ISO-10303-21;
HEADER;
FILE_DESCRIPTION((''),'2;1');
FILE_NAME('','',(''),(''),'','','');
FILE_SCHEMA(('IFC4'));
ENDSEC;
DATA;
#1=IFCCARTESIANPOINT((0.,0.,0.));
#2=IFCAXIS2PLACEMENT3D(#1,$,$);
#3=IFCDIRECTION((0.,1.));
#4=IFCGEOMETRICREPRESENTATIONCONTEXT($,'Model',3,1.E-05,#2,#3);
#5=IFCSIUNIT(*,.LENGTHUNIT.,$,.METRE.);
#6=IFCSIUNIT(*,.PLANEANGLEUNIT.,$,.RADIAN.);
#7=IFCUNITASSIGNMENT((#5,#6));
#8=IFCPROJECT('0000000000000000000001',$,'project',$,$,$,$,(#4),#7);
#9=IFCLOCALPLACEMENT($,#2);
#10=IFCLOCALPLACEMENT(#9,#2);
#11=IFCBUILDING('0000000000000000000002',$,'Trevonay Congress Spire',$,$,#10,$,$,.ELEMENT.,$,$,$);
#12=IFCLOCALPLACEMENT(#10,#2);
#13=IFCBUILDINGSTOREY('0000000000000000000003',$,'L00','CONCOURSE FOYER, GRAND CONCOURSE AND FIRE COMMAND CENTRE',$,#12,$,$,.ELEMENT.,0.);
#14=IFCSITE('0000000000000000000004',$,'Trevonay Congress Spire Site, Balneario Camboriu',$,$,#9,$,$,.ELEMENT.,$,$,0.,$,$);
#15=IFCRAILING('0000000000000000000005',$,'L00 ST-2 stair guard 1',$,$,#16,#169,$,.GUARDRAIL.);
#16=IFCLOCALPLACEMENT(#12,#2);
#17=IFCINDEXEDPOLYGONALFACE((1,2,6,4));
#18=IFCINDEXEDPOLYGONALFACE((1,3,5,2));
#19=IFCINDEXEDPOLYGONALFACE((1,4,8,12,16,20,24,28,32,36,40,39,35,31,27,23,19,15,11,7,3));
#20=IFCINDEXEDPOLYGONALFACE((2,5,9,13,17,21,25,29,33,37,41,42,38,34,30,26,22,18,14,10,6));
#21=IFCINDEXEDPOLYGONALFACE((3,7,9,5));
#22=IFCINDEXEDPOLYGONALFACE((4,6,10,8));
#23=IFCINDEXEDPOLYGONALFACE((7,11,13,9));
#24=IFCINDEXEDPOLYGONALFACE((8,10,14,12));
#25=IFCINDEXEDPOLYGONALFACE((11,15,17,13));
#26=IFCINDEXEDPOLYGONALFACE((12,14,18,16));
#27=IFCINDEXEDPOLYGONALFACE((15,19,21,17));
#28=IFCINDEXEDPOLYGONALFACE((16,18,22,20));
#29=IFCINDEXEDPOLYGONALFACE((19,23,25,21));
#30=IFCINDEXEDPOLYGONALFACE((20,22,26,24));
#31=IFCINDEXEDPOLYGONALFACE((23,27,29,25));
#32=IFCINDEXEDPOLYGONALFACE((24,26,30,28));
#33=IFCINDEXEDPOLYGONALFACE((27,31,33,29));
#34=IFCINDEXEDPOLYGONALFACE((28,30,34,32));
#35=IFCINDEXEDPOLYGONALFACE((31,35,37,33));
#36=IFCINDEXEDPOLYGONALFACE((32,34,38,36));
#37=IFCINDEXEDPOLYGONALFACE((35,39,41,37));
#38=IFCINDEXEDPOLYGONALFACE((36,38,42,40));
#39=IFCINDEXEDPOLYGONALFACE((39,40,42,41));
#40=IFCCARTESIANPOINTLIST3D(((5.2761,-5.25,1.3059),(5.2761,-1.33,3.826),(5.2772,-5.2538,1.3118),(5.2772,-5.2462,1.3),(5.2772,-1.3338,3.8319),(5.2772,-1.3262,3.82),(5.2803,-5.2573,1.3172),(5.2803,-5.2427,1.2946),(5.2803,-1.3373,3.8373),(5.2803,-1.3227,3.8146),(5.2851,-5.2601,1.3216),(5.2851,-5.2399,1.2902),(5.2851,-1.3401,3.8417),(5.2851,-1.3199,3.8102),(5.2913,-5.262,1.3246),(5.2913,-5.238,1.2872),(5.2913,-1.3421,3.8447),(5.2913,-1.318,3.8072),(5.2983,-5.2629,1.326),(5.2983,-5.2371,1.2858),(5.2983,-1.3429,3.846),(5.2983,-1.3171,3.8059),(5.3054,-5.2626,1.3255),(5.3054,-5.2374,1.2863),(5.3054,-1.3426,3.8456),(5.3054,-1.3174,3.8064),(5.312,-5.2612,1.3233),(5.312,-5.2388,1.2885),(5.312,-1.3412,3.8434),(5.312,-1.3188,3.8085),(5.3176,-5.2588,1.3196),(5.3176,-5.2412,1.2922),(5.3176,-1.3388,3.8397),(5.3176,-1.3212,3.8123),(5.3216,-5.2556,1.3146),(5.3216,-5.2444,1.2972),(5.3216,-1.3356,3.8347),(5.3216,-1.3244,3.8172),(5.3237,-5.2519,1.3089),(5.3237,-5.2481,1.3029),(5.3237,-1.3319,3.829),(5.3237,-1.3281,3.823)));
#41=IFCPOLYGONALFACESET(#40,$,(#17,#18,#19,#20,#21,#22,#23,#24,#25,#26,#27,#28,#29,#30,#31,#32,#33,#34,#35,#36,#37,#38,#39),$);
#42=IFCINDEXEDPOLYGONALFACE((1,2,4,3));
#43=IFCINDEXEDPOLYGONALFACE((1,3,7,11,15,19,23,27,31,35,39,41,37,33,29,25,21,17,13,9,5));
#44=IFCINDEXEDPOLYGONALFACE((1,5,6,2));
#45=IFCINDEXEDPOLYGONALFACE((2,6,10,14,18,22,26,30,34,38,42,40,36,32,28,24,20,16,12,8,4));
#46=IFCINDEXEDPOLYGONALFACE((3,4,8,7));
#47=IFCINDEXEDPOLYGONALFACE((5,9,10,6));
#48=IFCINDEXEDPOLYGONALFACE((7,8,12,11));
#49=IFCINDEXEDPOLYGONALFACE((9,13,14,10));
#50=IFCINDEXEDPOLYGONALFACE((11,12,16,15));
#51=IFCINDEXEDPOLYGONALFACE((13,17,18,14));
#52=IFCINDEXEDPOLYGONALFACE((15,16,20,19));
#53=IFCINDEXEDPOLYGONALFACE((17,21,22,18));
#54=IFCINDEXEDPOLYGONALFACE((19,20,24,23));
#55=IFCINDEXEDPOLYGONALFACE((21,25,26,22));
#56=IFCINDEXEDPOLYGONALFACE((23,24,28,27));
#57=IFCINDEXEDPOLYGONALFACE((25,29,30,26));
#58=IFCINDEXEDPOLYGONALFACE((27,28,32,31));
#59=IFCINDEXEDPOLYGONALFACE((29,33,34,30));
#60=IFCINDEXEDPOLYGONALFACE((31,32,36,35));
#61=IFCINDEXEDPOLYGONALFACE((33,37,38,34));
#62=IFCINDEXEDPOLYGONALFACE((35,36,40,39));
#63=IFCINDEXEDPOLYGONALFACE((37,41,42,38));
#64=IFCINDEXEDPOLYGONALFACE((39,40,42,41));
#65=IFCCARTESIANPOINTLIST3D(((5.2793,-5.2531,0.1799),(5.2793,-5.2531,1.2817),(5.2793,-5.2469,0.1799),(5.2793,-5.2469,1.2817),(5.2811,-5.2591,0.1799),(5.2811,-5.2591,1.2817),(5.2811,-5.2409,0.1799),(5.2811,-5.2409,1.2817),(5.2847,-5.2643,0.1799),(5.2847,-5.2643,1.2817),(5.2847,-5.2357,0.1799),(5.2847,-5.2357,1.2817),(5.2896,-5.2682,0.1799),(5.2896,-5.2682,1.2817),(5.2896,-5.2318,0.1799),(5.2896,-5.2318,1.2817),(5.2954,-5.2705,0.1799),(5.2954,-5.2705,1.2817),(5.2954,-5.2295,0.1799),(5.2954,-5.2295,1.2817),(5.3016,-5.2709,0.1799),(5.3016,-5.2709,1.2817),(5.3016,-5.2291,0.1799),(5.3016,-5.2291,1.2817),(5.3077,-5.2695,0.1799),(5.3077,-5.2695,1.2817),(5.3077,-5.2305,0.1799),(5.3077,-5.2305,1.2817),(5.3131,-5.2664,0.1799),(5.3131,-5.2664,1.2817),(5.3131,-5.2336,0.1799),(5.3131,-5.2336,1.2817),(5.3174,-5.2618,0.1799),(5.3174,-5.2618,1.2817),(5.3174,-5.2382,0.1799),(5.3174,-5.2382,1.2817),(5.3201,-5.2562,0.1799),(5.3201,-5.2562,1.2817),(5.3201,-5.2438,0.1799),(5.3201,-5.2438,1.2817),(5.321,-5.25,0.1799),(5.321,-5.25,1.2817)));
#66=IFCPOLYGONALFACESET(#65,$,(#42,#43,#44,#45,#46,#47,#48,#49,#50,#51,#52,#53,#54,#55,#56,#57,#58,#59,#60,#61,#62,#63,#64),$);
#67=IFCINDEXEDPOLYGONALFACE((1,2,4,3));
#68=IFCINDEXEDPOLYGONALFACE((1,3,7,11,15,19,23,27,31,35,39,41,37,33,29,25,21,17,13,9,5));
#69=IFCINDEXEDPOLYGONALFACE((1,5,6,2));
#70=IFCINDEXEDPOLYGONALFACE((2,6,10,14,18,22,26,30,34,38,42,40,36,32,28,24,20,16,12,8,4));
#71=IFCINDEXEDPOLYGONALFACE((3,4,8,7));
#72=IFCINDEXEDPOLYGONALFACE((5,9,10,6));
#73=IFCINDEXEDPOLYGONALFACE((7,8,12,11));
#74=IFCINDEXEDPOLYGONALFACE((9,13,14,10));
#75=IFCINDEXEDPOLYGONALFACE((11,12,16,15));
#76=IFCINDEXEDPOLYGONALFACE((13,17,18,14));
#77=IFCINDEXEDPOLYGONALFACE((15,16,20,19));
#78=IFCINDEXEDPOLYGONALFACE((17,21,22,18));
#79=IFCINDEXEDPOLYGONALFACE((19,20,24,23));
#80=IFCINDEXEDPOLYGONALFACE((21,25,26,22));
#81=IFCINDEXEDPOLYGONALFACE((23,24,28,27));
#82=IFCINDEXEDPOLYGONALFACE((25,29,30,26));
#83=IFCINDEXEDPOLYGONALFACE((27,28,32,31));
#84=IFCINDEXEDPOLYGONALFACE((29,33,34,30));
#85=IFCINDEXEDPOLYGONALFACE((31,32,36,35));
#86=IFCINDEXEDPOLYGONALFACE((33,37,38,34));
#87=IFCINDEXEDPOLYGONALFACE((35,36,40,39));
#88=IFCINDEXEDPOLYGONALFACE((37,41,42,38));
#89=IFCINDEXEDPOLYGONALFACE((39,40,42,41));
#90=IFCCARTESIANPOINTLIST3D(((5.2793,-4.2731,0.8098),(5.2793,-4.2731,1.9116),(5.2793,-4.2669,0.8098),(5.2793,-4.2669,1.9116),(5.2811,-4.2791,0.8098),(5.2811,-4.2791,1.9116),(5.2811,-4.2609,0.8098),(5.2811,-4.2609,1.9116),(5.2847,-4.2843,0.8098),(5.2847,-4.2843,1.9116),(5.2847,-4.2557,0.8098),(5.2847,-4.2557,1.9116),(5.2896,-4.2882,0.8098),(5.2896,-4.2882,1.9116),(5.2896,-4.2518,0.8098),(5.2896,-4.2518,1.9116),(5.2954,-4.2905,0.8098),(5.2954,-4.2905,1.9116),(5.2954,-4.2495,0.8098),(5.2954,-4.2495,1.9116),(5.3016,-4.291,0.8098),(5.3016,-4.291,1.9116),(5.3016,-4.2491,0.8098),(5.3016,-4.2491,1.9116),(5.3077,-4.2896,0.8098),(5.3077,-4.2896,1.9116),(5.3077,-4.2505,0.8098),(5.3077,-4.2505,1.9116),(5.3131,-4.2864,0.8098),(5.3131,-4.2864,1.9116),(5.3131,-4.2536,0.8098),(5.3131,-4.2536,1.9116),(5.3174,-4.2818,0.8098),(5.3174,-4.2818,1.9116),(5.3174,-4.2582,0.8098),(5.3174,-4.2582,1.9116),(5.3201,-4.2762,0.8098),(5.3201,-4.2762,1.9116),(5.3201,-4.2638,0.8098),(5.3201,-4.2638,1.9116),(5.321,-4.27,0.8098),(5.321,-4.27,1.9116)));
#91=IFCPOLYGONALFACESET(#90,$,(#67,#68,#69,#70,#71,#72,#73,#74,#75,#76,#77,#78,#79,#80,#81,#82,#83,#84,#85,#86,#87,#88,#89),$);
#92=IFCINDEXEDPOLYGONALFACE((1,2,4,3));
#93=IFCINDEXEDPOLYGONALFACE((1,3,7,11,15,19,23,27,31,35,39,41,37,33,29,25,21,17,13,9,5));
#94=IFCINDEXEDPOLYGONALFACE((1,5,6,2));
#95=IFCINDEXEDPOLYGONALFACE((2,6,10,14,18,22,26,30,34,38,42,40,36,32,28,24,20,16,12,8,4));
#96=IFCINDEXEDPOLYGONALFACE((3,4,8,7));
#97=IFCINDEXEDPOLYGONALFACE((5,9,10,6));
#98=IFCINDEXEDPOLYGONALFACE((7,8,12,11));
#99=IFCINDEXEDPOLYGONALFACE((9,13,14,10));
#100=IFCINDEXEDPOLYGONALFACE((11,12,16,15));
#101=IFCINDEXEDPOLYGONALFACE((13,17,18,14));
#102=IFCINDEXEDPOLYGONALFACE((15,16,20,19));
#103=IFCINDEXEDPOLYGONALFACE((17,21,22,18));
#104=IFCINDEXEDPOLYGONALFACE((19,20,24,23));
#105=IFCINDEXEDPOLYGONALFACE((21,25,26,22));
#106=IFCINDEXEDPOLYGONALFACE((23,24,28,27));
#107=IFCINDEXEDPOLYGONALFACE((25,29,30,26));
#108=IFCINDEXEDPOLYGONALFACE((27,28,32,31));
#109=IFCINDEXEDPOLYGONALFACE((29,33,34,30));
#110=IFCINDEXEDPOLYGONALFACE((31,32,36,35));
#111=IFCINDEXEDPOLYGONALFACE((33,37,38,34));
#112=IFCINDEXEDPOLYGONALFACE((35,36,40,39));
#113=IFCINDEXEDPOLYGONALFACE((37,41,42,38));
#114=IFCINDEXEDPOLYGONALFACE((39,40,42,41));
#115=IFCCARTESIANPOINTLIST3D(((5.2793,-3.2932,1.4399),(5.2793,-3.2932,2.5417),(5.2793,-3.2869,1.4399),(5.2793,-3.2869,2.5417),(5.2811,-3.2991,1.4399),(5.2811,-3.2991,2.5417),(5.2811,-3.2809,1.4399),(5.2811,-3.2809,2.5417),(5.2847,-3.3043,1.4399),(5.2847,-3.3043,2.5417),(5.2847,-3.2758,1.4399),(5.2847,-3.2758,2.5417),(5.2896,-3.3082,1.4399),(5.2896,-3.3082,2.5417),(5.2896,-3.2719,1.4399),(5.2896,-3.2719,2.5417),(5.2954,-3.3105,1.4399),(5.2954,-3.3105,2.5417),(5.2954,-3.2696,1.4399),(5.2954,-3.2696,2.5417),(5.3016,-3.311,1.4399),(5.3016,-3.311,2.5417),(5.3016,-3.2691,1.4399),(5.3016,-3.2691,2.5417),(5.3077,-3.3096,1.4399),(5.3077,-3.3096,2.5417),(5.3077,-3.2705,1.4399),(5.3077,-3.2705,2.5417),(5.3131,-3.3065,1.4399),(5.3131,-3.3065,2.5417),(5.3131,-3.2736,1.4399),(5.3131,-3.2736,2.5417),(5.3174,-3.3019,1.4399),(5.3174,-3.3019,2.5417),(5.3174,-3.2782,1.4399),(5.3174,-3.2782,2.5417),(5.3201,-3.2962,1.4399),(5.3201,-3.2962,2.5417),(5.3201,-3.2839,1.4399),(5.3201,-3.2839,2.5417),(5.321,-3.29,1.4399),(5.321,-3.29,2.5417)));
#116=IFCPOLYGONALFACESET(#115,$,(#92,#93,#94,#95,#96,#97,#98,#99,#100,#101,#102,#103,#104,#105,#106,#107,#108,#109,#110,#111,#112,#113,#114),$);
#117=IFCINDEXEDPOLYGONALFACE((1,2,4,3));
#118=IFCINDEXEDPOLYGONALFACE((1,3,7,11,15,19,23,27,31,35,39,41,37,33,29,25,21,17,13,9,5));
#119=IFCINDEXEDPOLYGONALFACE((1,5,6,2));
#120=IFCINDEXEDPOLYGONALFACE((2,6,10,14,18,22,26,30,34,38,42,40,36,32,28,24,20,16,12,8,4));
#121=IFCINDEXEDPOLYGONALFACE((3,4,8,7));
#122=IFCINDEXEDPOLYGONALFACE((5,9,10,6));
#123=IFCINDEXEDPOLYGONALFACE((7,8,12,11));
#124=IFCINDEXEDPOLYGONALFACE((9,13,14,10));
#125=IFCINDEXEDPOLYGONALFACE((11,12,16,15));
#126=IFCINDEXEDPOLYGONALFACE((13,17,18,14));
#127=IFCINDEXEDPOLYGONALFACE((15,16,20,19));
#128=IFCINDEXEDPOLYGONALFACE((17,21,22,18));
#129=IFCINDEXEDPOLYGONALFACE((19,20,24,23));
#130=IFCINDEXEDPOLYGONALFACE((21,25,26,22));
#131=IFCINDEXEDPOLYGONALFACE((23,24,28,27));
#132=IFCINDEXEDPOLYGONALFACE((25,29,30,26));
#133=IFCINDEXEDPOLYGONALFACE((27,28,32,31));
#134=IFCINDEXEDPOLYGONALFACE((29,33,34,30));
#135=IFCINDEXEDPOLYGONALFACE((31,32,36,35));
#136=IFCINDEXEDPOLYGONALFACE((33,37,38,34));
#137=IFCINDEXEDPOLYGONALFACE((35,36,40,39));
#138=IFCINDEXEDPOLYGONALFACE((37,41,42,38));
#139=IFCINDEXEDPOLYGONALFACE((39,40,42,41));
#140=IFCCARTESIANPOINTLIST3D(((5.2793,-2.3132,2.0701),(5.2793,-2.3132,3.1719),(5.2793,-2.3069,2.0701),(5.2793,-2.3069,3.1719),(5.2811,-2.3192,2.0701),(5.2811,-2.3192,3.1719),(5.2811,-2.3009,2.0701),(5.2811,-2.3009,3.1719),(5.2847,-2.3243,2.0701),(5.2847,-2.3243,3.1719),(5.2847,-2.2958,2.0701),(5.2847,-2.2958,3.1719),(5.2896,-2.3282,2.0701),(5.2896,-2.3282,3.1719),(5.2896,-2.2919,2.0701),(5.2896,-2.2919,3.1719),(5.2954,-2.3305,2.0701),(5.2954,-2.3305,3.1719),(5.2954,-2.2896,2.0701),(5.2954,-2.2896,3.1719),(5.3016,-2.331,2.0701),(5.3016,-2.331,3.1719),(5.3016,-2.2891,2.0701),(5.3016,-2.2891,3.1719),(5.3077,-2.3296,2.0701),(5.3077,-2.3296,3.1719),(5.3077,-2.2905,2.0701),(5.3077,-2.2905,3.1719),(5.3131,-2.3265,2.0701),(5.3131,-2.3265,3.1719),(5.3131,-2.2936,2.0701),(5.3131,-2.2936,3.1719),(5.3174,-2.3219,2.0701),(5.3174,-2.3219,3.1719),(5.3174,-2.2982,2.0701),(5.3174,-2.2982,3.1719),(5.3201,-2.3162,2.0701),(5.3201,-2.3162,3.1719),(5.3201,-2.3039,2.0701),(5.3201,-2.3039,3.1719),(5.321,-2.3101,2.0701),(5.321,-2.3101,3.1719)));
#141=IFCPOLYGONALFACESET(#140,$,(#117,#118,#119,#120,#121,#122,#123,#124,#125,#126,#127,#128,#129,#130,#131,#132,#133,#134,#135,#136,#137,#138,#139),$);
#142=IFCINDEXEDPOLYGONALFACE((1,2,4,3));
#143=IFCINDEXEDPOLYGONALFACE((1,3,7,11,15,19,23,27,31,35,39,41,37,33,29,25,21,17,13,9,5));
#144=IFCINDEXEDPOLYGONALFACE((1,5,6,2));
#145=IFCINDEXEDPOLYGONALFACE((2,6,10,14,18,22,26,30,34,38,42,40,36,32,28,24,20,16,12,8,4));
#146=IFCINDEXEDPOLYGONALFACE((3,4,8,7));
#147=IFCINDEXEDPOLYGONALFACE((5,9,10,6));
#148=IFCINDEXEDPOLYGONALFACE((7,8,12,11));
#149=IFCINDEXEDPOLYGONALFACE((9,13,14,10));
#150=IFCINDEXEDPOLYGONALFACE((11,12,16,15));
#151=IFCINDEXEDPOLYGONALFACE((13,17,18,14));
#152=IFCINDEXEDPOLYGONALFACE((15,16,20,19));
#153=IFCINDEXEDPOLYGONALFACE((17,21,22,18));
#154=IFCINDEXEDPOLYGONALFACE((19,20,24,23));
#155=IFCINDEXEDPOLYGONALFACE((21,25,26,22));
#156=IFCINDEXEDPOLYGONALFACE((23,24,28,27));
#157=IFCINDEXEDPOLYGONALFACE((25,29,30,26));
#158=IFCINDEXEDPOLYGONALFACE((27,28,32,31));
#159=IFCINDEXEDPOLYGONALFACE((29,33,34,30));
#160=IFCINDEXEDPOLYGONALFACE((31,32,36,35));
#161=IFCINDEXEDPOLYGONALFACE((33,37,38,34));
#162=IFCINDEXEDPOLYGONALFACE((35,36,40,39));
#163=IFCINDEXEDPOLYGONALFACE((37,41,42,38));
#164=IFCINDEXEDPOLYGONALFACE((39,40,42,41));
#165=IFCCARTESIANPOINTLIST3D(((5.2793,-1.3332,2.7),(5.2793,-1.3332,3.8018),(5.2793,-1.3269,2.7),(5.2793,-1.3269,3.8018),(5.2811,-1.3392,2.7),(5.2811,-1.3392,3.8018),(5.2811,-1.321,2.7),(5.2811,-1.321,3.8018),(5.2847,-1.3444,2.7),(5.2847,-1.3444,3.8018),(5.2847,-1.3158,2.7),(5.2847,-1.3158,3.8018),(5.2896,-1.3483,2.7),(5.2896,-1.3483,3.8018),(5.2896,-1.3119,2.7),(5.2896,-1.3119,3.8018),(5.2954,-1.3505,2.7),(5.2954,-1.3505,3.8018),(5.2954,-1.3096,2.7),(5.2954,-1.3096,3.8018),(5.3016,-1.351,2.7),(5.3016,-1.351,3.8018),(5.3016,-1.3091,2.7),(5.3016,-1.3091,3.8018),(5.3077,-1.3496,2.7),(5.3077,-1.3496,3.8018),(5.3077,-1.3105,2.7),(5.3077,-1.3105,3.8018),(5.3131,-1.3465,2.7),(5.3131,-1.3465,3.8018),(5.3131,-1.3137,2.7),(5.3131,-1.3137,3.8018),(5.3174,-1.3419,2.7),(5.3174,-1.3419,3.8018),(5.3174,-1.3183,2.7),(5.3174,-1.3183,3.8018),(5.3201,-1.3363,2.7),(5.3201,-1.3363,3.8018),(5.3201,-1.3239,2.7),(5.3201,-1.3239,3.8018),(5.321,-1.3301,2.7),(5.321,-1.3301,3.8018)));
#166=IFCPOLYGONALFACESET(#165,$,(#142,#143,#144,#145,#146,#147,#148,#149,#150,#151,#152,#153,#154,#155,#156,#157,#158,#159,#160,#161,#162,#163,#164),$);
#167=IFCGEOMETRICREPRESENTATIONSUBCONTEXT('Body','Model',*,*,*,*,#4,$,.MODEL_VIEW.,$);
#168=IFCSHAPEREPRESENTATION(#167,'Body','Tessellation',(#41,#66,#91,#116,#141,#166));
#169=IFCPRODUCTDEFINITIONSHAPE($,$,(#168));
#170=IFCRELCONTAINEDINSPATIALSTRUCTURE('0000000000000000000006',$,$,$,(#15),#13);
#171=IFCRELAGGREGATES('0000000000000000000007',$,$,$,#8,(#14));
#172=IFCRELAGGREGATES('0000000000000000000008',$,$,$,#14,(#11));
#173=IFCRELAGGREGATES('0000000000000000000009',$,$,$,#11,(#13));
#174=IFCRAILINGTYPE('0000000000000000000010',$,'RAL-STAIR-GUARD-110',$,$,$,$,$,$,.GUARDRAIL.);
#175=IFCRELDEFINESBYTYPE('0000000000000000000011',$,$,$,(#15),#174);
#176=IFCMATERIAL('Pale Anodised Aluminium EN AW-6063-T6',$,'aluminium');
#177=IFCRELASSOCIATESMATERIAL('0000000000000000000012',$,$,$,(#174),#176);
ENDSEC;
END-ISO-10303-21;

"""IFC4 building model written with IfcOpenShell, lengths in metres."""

from ifc_helpers import new_model, si_unit, direction, frame, origin, origin_2d, place, context, subcontext, project, spatial, circle, extrude, material, type_object, element, save


model = new_model("IFC4")

# Units and contexts
model_context = context("Model", 3, precision=1e-05, world=origin(), true_north=direction((0.0, 1.0)))
body_context = subcontext(model_context, "Body", "Model", "MODEL_VIEW")
ifc_project = project(units=[si_unit("LENGTHUNIT", "METRE"), si_unit("PLANEANGLEUNIT", "RADIAN")], contexts=[model_context])

# Site, building, storey
site_placement = place(None, origin())
site = spatial("IfcSite", under=ifc_project, at=site_placement, Name="Trevonay Congress Spire Site, Balneario Camboriu", CompositionType="ELEMENT", RefElevation=0.0)
building_placement = place(site_placement, origin())
building = spatial("IfcBuilding", under=site, at=building_placement, Name="Trevonay Congress Spire", CompositionType="ELEMENT")
storey_placement = place(building_placement, origin())
storey = spatial("IfcBuildingStorey", under=building, at=storey_placement, Name="L00", Description="CONCOURSE FOYER, GRAND CONCOURSE AND FIRE COMMAND CENTRE", CompositionType="ELEMENT", Elevation=0.0)

# Railing
ifc_material_1 = material(Name="Pale Anodised Aluminium EN AW-6063-T6", Category="aluminium")
railing_type_1 = type_object("IfcRailingType", Name="RAL-STAIR-GUARD-110", PredefinedType="GUARDRAIL", material=ifc_material_1)
railing_1_placement = place(storey_placement, frame((5.3, -5.25, 0.1799)))
element("IfcRailing", 1, at=railing_1_placement, inside=storey, type_object=railing_type_1, Name="L00 ST-2 stair guard 1", PredefinedType="GUARDRAIL", context=body_context, shape_type="SweptSolid", body=[
    extrude(circle(Radius=0.0239, at=origin_2d()), frame((0.0, 0.0, 1.126), z_axis=(0.0, 0.841172, 0.540768), x_axis=(-1.0, 0.0, 0.0)), (0.0, 0.0, 1.0), 4.6602),
    extrude(circle(Radius=0.021, at=origin_2d()), origin(), (0.0, 0.0, 1.0), 1.1018),
    extrude(circle(Radius=0.021, at=origin_2d()), frame((0.0, 0.98, 0.6299)), (0.0, 0.0, 1.0), 1.1018),
    extrude(circle(Radius=0.021, at=origin_2d()), frame((0.0, 1.96, 1.26)), (0.0, 0.0, 1.0), 1.1018),
    extrude(circle(Radius=0.021, at=origin_2d()), frame((0.0, 2.9399, 1.8901)), (0.0, 0.0, 1.0), 1.1018),
    extrude(circle(Radius=0.021, at=origin_2d()), frame((0.0, 3.9199, 2.52)), (0.0, 0.0, 1.0), 1.1018),
])

save(model, "model.ifc")
